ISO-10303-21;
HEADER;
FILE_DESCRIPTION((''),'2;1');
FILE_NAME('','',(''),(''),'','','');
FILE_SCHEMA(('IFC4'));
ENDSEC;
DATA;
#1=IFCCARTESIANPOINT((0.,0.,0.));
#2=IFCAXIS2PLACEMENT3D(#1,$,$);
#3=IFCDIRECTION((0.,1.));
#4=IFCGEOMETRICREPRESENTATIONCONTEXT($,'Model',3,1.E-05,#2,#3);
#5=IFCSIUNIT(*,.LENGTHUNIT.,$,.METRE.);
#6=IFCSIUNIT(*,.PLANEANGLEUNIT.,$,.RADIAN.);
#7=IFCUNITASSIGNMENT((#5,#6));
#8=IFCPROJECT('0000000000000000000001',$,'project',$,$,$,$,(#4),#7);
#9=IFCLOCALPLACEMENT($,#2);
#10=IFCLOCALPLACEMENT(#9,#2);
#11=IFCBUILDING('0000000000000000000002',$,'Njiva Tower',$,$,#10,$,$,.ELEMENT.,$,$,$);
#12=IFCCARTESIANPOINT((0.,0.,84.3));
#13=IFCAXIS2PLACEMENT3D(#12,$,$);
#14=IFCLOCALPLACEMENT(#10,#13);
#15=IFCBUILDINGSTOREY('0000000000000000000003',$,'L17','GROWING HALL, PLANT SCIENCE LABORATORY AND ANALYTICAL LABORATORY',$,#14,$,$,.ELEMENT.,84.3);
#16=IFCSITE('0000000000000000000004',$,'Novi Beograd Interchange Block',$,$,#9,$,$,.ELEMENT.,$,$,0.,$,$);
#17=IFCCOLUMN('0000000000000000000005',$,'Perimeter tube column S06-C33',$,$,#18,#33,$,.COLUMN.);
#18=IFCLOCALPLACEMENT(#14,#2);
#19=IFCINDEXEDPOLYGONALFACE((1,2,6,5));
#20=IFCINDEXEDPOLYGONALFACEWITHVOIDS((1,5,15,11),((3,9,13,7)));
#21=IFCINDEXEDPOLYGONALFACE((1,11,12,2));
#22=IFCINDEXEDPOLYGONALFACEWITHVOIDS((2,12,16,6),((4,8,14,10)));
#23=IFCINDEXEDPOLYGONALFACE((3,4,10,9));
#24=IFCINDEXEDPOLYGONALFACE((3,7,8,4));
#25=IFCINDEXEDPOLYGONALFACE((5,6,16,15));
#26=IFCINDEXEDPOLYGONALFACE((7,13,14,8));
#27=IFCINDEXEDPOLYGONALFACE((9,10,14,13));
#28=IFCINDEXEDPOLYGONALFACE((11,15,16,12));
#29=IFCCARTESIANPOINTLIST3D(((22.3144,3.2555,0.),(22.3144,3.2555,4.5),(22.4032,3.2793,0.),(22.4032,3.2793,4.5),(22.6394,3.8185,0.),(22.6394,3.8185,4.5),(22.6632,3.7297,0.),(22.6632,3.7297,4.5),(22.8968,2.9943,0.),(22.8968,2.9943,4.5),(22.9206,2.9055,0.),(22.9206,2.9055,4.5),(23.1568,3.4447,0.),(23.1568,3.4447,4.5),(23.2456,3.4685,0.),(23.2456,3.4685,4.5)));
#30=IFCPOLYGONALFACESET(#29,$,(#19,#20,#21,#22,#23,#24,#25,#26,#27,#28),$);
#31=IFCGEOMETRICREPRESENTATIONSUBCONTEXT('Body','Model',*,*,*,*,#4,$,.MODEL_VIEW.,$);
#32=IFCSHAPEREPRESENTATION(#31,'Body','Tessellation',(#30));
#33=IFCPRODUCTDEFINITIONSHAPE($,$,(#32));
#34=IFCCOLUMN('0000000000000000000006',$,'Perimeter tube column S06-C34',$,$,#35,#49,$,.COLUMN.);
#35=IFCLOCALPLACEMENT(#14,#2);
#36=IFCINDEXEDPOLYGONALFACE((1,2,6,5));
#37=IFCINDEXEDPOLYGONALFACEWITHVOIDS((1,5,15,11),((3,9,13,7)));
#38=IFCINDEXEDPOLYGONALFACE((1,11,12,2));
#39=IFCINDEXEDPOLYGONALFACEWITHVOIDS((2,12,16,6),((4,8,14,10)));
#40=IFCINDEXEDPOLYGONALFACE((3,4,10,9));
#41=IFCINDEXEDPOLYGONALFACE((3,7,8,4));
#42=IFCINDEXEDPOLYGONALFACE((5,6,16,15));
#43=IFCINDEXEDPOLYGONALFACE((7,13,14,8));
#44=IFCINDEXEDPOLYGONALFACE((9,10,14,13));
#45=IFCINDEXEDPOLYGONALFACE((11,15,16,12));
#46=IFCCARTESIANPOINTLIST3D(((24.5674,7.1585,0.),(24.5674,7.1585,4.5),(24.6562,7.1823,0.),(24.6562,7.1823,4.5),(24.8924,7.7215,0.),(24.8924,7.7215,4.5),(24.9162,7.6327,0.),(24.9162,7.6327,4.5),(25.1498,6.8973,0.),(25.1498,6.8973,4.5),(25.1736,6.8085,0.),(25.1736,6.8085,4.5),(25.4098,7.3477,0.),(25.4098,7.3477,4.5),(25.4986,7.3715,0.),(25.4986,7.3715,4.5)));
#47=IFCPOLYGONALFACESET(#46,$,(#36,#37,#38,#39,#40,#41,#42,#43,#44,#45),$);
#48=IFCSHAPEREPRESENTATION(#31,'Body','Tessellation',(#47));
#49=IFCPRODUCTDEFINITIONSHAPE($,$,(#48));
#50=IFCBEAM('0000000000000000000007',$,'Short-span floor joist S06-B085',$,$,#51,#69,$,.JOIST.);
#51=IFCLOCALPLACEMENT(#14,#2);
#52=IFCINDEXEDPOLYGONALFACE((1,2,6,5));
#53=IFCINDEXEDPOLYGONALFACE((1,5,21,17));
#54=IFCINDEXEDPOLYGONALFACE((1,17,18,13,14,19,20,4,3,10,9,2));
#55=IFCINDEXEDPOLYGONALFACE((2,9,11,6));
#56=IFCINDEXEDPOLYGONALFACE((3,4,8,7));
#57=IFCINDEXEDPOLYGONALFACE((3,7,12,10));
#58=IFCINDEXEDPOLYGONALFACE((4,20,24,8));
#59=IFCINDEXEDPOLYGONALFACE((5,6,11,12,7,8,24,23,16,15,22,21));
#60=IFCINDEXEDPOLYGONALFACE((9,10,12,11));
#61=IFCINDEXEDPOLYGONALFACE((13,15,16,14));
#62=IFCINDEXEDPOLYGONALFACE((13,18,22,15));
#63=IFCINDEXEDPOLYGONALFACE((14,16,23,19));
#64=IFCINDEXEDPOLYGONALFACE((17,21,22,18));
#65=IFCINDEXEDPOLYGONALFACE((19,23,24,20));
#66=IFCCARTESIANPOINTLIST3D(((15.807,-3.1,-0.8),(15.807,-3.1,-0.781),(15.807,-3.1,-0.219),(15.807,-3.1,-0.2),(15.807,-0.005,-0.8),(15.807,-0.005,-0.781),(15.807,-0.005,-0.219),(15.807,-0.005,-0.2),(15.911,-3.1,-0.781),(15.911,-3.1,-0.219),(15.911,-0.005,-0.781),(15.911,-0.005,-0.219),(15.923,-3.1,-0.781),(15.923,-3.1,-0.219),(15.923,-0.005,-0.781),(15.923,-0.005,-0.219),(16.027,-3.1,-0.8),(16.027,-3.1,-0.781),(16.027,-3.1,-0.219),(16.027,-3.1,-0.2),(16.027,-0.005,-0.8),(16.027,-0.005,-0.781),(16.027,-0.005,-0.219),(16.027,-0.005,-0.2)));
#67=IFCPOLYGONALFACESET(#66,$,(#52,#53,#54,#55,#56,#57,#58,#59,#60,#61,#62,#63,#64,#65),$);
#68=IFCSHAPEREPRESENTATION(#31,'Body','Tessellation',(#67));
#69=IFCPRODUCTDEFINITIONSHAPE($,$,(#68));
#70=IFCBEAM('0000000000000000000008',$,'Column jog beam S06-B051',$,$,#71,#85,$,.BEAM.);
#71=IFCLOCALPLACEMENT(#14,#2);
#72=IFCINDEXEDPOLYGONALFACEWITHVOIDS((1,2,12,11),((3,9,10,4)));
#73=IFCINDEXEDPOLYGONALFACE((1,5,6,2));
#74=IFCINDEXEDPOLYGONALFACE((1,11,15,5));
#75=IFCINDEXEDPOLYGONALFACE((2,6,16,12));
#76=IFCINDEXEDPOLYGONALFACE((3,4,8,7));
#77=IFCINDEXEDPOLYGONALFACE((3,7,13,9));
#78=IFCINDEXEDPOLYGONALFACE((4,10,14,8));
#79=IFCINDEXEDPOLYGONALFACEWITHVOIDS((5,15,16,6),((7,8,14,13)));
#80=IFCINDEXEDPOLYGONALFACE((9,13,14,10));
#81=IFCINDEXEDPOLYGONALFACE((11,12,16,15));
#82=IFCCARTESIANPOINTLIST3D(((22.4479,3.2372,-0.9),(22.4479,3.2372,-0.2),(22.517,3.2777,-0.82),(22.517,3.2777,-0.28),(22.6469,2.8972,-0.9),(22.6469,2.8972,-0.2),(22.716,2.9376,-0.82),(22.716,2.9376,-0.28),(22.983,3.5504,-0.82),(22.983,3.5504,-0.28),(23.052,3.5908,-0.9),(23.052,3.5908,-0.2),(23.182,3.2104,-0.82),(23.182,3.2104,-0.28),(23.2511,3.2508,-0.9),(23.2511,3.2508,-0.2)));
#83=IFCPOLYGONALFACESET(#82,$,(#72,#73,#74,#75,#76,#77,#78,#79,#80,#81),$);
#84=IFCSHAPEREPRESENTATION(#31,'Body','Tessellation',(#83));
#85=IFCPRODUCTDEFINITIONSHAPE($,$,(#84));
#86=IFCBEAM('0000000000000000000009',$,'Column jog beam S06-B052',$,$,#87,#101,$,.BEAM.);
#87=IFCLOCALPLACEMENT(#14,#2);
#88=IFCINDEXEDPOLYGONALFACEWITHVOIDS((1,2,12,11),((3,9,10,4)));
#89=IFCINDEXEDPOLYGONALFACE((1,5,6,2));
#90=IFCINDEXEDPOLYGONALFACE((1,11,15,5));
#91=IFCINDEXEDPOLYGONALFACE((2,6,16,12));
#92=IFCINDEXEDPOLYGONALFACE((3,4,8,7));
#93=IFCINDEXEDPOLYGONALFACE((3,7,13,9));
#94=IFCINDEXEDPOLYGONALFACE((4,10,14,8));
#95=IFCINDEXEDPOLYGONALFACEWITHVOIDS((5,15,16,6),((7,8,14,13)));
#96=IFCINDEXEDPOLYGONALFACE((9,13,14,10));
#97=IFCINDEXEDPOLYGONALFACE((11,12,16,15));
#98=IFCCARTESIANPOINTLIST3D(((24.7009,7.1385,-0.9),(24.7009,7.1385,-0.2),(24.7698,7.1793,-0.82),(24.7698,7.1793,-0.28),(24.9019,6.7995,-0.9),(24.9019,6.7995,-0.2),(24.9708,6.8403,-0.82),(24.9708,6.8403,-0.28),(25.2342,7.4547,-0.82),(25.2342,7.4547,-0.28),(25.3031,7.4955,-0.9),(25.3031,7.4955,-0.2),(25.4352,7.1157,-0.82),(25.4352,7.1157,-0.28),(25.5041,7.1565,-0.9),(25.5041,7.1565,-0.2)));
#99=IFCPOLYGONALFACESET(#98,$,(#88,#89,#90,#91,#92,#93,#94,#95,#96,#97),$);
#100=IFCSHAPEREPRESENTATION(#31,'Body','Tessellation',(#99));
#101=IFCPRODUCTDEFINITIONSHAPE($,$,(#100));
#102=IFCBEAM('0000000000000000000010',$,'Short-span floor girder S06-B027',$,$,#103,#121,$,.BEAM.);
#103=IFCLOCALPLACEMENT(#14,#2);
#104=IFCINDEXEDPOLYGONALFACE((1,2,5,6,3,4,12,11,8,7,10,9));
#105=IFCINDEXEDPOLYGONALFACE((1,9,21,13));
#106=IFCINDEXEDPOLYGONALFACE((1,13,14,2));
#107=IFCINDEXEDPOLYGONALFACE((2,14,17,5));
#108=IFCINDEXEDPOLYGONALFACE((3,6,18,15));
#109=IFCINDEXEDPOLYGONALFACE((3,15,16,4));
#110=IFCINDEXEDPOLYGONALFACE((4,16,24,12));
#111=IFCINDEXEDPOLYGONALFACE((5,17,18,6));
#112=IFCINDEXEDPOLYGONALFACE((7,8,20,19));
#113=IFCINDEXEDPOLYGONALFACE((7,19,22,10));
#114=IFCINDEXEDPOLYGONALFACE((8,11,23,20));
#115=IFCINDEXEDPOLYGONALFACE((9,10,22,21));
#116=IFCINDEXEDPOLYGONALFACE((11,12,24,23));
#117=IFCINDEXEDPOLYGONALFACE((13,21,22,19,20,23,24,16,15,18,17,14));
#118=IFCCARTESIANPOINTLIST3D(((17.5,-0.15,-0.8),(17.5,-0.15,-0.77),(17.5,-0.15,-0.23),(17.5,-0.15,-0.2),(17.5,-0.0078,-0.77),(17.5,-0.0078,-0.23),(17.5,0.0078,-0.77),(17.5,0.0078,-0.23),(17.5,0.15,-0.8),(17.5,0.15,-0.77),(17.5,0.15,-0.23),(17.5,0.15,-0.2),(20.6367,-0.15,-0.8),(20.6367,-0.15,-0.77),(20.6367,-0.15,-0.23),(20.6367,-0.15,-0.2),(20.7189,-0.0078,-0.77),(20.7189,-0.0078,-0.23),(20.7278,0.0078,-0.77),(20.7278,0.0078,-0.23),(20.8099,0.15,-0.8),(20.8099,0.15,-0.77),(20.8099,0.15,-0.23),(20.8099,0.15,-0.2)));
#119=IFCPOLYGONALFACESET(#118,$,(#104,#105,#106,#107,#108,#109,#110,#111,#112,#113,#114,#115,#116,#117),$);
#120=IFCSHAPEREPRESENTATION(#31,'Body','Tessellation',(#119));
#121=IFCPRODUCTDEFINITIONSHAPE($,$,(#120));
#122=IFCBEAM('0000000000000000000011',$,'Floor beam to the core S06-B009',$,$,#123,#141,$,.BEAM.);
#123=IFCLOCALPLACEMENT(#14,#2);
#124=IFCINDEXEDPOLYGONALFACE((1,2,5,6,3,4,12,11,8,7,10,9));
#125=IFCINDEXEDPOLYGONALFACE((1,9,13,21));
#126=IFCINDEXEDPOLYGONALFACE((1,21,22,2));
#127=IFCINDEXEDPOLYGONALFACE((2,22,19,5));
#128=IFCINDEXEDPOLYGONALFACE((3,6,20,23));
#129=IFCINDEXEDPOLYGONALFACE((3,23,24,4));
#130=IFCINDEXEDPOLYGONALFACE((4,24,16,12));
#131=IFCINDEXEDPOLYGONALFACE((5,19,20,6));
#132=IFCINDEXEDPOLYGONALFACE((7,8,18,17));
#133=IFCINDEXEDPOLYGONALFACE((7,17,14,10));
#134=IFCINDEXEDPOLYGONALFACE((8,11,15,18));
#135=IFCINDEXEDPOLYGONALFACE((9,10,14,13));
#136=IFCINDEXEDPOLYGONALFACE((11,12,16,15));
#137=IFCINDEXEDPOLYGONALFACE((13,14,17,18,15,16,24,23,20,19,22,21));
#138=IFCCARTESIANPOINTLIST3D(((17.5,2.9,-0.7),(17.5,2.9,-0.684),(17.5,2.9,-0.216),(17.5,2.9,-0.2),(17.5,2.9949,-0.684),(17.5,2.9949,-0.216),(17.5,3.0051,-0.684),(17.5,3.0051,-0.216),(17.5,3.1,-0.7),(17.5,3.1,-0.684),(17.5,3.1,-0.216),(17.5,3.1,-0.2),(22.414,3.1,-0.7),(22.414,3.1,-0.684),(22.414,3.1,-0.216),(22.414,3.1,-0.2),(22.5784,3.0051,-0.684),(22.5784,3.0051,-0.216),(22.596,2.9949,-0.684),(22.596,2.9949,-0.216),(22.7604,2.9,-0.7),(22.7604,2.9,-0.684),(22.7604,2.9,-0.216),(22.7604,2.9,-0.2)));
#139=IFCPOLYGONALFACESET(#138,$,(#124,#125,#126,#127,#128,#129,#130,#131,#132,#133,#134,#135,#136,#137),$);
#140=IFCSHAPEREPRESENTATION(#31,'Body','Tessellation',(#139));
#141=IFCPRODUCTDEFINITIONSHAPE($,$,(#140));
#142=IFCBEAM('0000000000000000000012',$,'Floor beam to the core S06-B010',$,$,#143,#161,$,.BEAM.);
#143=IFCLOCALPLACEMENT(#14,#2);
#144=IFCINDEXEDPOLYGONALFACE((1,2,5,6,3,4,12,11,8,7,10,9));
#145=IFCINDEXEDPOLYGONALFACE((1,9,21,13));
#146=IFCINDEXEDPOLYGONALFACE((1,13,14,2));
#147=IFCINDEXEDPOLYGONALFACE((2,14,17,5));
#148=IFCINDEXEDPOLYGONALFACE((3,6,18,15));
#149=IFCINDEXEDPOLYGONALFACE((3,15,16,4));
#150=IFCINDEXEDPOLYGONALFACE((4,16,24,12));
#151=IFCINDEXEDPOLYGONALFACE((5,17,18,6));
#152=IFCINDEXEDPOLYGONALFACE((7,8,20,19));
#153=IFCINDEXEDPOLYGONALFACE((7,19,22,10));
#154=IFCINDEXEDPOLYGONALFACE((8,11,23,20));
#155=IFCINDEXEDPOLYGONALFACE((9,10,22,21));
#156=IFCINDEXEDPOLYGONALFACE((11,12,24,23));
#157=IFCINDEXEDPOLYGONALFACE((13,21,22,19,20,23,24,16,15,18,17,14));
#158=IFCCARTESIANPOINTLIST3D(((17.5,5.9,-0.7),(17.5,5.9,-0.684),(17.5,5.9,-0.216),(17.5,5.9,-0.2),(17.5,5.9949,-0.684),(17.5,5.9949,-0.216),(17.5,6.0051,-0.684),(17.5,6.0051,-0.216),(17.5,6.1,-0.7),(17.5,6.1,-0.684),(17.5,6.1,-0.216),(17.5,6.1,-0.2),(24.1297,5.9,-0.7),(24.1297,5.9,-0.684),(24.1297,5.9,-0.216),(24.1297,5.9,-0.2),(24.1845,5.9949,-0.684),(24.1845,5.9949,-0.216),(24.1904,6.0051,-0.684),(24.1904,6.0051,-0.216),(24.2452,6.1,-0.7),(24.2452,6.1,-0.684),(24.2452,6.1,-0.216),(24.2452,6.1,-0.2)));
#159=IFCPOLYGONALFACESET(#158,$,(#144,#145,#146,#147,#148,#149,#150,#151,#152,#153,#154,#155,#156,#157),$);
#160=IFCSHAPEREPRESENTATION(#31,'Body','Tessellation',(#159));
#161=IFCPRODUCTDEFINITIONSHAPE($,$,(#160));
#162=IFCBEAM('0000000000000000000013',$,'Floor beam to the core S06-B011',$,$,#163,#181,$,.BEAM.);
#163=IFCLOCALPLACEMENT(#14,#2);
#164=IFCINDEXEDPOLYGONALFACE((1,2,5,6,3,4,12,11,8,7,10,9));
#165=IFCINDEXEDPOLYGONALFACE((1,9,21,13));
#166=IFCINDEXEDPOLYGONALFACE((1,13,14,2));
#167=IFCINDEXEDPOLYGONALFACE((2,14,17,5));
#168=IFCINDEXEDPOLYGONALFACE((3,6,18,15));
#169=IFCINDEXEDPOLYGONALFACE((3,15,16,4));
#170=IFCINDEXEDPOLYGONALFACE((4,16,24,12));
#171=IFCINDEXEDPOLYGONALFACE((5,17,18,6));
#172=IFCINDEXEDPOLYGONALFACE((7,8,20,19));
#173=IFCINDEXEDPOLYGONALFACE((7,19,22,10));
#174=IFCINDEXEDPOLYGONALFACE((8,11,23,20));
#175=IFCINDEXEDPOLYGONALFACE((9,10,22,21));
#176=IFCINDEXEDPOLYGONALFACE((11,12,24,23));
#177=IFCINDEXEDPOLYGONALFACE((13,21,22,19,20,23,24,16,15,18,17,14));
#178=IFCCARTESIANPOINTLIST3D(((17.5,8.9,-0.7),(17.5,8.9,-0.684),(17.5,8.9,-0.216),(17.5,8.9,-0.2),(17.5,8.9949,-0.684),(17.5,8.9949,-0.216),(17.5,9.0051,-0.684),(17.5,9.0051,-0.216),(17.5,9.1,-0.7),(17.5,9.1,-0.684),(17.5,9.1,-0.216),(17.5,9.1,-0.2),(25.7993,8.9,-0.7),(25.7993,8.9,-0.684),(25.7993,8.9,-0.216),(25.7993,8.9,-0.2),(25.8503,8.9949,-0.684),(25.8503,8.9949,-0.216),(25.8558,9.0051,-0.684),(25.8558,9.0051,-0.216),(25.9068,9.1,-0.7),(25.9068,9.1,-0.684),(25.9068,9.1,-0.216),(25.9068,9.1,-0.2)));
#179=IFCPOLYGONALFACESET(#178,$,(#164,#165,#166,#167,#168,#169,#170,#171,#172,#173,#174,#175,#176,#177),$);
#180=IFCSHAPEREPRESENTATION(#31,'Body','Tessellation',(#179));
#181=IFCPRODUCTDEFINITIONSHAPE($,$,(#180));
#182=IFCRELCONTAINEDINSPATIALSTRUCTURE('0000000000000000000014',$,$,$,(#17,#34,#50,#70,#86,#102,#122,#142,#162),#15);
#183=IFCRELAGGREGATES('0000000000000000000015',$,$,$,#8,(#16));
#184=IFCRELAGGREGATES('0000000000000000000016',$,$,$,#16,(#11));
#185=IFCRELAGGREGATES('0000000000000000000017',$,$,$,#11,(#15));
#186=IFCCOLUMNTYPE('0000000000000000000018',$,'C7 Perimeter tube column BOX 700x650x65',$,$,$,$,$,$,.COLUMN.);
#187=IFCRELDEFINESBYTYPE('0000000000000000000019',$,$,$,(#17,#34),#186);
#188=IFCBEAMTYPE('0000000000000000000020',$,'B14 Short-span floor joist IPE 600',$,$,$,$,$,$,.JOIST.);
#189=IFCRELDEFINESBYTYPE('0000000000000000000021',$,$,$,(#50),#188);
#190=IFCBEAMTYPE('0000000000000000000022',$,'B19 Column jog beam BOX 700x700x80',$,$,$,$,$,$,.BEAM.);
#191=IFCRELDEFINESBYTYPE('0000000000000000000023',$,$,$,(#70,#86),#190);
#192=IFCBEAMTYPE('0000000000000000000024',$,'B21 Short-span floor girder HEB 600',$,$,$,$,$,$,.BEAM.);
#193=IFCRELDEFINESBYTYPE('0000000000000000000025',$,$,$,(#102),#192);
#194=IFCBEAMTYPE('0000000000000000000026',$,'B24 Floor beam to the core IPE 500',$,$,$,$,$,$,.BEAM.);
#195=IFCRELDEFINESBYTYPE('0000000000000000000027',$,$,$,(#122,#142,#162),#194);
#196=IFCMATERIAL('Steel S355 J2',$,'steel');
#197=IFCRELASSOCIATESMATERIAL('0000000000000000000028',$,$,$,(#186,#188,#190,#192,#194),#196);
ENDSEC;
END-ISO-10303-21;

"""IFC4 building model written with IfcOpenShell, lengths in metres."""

from ifc_helpers import new_model, si_unit, direction, frame, origin, origin_2d, place, context, subcontext, project, spatial, hollow_rectangle, i_section, extrude, clip, halfspace, material, material_profile, profile_set, type_object, element, save


model = new_model("IFC4")

# Units and contexts
model_context = context("Model", 3, precision=1e-05, world=origin(), true_north=direction((0.0, 1.0)))
body_context = subcontext(model_context, "Body", "Model", "MODEL_VIEW")
ifc_project = project(units=[si_unit("LENGTHUNIT", "METRE"), si_unit("PLANEANGLEUNIT", "RADIAN")], contexts=[model_context])

# Site, building, storey
site_placement = place(None, origin())
site = spatial("IfcSite", under=ifc_project, at=site_placement, Name="Novi Beograd Interchange Block", CompositionType="ELEMENT", RefElevation=0.0)
building_placement = place(site_placement, origin())
building = spatial("IfcBuilding", under=site, at=building_placement, Name="Njiva Tower", CompositionType="ELEMENT")
storey_placement = place(building_placement, frame((0.0, 0.0, 84.3)))
storey = spatial("IfcBuildingStorey", under=building, at=storey_placement, Name="L17", Description="GROWING HALL, PLANT SCIENCE LABORATORY AND ANALYTICAL LABORATORY", CompositionType="ELEMENT", Elevation=84.3)

# Columns
ifc_material_1 = material(Name="Steel S355 J2", Category="steel")
ifc_material_profile_1 = material_profile(ifc_material_1, hollow_rectangle(XDim=0.65, YDim=0.7, WallThickness=0.065, at=origin_2d()), Name="BOX 700x650x65")
ifc_profile_set_1 = profile_set([ifc_material_profile_1], Name="Steel S355 J2")
column_type = type_object("IfcColumnType", Name="C7 Perimeter tube column BOX 700x650x65", PredefinedType="COLUMN", material=ifc_profile_set_1)
for number, where, z_axis, x_axis, name in (
    (1, (22.78, 3.362, 0.0), (0.0, 0.0, 1.0), (0.5, 0.866025, 0.0), "Perimeter tube column S06-C33"),
    (2, (25.033, 7.265, 0.0), (0.0, 0.0, 1.0), (0.5, 0.866025, 0.0), "Perimeter tube column S06-C34"),
):
    element("IfcColumn", number, at=place(storey_placement, frame(where, z_axis=z_axis, x_axis=x_axis)), inside=storey, type_object=column_type, Name=name, PredefinedType="COLUMN", context=body_context, shape_type="SweptSolid", body=[
        extrude(hollow_rectangle(XDim=0.65, YDim=0.7, WallThickness=0.065, at=origin_2d()), origin(), (0.0, 0.0, 1.0), 4.5),
    ])

# Beams
ifc_material_profile_2 = material_profile(ifc_material_1, i_section(OverallWidth=0.22, OverallDepth=0.6, WebThickness=0.012, FlangeThickness=0.019, at=origin_2d()), Name="IPE 600")
ifc_profile_set_2 = profile_set([ifc_material_profile_2], Name="Steel S355 J2")
beam_type_1 = type_object("IfcBeamType", Name="B14 Short-span floor joist IPE 600", PredefinedType="JOIST", material=ifc_profile_set_2)
beam_1_placement = place(storey_placement, frame((15.917, -0.005, -0.5), z_axis=(0.0, -1.0, 0.0), x_axis=(1.0, 0.0, 0.0)))
element("IfcBeam", 3, at=beam_1_placement, inside=storey, type_object=beam_type_1, Name="Short-span floor joist S06-B085", PredefinedType="JOIST", context=body_context, shape_type="SweptSolid", body=[
    extrude(i_section(OverallWidth=0.22, OverallDepth=0.6, WebThickness=0.012, FlangeThickness=0.019, at=origin_2d()), origin(), (0.0, 0.0, 1.0), 3.095),
])
ifc_material_profile_3 = material_profile(ifc_material_1, hollow_rectangle(XDim=0.7, YDim=0.7, WallThickness=0.08, at=origin_2d()), Name="BOX 700x700x80")
ifc_profile_set_3 = profile_set([ifc_material_profile_3], Name="Steel S355 J2")
beam_type_2 = type_object("IfcBeamType", Name="B19 Column jog beam BOX 700x700x80", PredefinedType="BEAM", material=ifc_profile_set_3)
beam_2_placement = place(storey_placement, frame((22.949, 3.074, -0.55), z_axis=(-0.505133, 0.863041, 0.0), x_axis=(-0.863041, -0.505133, 0.0)))
element("IfcBeam", 4, at=beam_2_placement, inside=storey, type_object=beam_type_2, Name="Column jog beam S06-B051", PredefinedType="BEAM", context=body_context, shape_type="SweptSolid", body=[
    extrude(hollow_rectangle(XDim=0.7, YDim=0.7, WallThickness=0.08, at=origin_2d()), origin(), (0.0, 0.0, 1.0), 0.394),
])
beam_3_placement = place(storey_placement, frame((25.203, 6.978, -0.55), z_axis=(-0.510011, 0.860168, 0.0), x_axis=(-0.860168, -0.510011, 0.0)))
element("IfcBeam", 5, at=beam_3_placement, inside=storey, type_object=beam_type_2, Name="Column jog beam S06-B052", PredefinedType="BEAM", context=body_context, shape_type="SweptSolid", body=[
    extrude(hollow_rectangle(XDim=0.7, YDim=0.7, WallThickness=0.08, at=origin_2d()), origin(), (0.0, 0.0, 1.0), 0.3941),
])
ifc_material_profile_4 = material_profile(ifc_material_1, i_section(OverallWidth=0.3, OverallDepth=0.6, WebThickness=0.0155, FlangeThickness=0.03, at=origin_2d()), Name="HEB 600")
ifc_profile_set_4 = profile_set([ifc_material_profile_4], Name="Steel S355 J2")
beam_type_3 = type_object("IfcBeamType", Name="B21 Short-span floor girder HEB 600", PredefinedType="BEAM", material=ifc_profile_set_4)
beam_4_placement = place(storey_placement, frame((17.5, 0.0, -0.5), z_axis=(1.0, 0.0, 0.0), x_axis=(0.0, 1.0, 0.0)))
element("IfcBeam", 6, at=beam_4_placement, inside=storey, type_object=beam_type_3, Name="Short-span floor girder S06-B027", PredefinedType="BEAM", context=body_context, shape_type="Clipping", body=[
    clip(extrude(i_section(OverallWidth=0.3, OverallDepth=0.6, WebThickness=0.0155, FlangeThickness=0.03, at=origin_2d()), origin(), (0.0, 0.0, 1.0), 3.33), halfspace(frame((-0.025, 0.0, 3.2089), z_axis=(-0.499998, 0.0, 0.866027), x_axis=(0.0, 1.0, 0.0)), False)),
])
ifc_material_profile_5 = material_profile(ifc_material_1, i_section(OverallWidth=0.2, OverallDepth=0.5, WebThickness=0.0102, FlangeThickness=0.016, at=origin_2d()), Name="IPE 500")
ifc_profile_set_5 = profile_set([ifc_material_profile_5], Name="Steel S355 J2")
beam_type_4 = type_object("IfcBeamType", Name="B24 Floor beam to the core IPE 500", PredefinedType="BEAM", material=ifc_profile_set_5)
beam_5_placement = place(storey_placement, frame((17.5, 3.0, -0.45), z_axis=(1.0, 0.0, 0.0), x_axis=(0.0, 1.0, 0.0)))
element("IfcBeam", 7, at=beam_5_placement, inside=storey, type_object=beam_type_4, Name="Floor beam to the core S06-B009", PredefinedType="BEAM", context=body_context, shape_type="Clipping", body=[
    clip(extrude(i_section(OverallWidth=0.2, OverallDepth=0.5, WebThickness=0.0102, FlangeThickness=0.016, at=origin_2d()), origin(), (0.0, 0.0, 1.0), 5.28), halfspace(frame((0.0433, 0.0, 5.0122), z_axis=(0.866027, 0.0, 0.499998), x_axis=(0.0, 1.0, 0.0)), False)),
])
beam_6_placement = place(storey_placement, frame((17.5, 6.0, -0.45), z_axis=(1.0, 0.0, 0.0), x_axis=(0.0, 1.0, 0.0)))
element("IfcBeam", 8, at=beam_6_placement, inside=storey, type_object=beam_type_4, Name="Floor beam to the core S06-B010", PredefinedType="BEAM", context=body_context, shape_type="Clipping", body=[
    clip(extrude(i_section(OverallWidth=0.2, OverallDepth=0.5, WebThickness=0.0102, FlangeThickness=0.016, at=origin_2d()), origin(), (0.0, 0.0, 1.0), 6.765), halfspace(frame((-0.025, 0.0, 6.673), z_axis=(-0.499998, 0.0, 0.866027), x_axis=(0.0, 1.0, 0.0)), False)),
])
beam_7_placement = place(storey_placement, frame((17.5, 9.0, -0.45), z_axis=(1.0, 0.0, 0.0), x_axis=(0.0, 1.0, 0.0)))
element("IfcBeam", 9, at=beam_7_placement, inside=storey, type_object=beam_type_4, Name="Floor beam to the core S06-B011", PredefinedType="BEAM", context=body_context, shape_type="Clipping", body=[
    clip(extrude(i_section(OverallWidth=0.2, OverallDepth=0.5, WebThickness=0.0102, FlangeThickness=0.016, at=origin_2d()), origin(), (0.0, 0.0, 1.0), 8.427), halfspace(frame((-0.0237, 0.0, 8.3403), z_axis=(-0.473762, 0.0, 0.880653), x_axis=(0.0, 1.0, 0.0)), False)),
])

save(model, "model.ifc")
